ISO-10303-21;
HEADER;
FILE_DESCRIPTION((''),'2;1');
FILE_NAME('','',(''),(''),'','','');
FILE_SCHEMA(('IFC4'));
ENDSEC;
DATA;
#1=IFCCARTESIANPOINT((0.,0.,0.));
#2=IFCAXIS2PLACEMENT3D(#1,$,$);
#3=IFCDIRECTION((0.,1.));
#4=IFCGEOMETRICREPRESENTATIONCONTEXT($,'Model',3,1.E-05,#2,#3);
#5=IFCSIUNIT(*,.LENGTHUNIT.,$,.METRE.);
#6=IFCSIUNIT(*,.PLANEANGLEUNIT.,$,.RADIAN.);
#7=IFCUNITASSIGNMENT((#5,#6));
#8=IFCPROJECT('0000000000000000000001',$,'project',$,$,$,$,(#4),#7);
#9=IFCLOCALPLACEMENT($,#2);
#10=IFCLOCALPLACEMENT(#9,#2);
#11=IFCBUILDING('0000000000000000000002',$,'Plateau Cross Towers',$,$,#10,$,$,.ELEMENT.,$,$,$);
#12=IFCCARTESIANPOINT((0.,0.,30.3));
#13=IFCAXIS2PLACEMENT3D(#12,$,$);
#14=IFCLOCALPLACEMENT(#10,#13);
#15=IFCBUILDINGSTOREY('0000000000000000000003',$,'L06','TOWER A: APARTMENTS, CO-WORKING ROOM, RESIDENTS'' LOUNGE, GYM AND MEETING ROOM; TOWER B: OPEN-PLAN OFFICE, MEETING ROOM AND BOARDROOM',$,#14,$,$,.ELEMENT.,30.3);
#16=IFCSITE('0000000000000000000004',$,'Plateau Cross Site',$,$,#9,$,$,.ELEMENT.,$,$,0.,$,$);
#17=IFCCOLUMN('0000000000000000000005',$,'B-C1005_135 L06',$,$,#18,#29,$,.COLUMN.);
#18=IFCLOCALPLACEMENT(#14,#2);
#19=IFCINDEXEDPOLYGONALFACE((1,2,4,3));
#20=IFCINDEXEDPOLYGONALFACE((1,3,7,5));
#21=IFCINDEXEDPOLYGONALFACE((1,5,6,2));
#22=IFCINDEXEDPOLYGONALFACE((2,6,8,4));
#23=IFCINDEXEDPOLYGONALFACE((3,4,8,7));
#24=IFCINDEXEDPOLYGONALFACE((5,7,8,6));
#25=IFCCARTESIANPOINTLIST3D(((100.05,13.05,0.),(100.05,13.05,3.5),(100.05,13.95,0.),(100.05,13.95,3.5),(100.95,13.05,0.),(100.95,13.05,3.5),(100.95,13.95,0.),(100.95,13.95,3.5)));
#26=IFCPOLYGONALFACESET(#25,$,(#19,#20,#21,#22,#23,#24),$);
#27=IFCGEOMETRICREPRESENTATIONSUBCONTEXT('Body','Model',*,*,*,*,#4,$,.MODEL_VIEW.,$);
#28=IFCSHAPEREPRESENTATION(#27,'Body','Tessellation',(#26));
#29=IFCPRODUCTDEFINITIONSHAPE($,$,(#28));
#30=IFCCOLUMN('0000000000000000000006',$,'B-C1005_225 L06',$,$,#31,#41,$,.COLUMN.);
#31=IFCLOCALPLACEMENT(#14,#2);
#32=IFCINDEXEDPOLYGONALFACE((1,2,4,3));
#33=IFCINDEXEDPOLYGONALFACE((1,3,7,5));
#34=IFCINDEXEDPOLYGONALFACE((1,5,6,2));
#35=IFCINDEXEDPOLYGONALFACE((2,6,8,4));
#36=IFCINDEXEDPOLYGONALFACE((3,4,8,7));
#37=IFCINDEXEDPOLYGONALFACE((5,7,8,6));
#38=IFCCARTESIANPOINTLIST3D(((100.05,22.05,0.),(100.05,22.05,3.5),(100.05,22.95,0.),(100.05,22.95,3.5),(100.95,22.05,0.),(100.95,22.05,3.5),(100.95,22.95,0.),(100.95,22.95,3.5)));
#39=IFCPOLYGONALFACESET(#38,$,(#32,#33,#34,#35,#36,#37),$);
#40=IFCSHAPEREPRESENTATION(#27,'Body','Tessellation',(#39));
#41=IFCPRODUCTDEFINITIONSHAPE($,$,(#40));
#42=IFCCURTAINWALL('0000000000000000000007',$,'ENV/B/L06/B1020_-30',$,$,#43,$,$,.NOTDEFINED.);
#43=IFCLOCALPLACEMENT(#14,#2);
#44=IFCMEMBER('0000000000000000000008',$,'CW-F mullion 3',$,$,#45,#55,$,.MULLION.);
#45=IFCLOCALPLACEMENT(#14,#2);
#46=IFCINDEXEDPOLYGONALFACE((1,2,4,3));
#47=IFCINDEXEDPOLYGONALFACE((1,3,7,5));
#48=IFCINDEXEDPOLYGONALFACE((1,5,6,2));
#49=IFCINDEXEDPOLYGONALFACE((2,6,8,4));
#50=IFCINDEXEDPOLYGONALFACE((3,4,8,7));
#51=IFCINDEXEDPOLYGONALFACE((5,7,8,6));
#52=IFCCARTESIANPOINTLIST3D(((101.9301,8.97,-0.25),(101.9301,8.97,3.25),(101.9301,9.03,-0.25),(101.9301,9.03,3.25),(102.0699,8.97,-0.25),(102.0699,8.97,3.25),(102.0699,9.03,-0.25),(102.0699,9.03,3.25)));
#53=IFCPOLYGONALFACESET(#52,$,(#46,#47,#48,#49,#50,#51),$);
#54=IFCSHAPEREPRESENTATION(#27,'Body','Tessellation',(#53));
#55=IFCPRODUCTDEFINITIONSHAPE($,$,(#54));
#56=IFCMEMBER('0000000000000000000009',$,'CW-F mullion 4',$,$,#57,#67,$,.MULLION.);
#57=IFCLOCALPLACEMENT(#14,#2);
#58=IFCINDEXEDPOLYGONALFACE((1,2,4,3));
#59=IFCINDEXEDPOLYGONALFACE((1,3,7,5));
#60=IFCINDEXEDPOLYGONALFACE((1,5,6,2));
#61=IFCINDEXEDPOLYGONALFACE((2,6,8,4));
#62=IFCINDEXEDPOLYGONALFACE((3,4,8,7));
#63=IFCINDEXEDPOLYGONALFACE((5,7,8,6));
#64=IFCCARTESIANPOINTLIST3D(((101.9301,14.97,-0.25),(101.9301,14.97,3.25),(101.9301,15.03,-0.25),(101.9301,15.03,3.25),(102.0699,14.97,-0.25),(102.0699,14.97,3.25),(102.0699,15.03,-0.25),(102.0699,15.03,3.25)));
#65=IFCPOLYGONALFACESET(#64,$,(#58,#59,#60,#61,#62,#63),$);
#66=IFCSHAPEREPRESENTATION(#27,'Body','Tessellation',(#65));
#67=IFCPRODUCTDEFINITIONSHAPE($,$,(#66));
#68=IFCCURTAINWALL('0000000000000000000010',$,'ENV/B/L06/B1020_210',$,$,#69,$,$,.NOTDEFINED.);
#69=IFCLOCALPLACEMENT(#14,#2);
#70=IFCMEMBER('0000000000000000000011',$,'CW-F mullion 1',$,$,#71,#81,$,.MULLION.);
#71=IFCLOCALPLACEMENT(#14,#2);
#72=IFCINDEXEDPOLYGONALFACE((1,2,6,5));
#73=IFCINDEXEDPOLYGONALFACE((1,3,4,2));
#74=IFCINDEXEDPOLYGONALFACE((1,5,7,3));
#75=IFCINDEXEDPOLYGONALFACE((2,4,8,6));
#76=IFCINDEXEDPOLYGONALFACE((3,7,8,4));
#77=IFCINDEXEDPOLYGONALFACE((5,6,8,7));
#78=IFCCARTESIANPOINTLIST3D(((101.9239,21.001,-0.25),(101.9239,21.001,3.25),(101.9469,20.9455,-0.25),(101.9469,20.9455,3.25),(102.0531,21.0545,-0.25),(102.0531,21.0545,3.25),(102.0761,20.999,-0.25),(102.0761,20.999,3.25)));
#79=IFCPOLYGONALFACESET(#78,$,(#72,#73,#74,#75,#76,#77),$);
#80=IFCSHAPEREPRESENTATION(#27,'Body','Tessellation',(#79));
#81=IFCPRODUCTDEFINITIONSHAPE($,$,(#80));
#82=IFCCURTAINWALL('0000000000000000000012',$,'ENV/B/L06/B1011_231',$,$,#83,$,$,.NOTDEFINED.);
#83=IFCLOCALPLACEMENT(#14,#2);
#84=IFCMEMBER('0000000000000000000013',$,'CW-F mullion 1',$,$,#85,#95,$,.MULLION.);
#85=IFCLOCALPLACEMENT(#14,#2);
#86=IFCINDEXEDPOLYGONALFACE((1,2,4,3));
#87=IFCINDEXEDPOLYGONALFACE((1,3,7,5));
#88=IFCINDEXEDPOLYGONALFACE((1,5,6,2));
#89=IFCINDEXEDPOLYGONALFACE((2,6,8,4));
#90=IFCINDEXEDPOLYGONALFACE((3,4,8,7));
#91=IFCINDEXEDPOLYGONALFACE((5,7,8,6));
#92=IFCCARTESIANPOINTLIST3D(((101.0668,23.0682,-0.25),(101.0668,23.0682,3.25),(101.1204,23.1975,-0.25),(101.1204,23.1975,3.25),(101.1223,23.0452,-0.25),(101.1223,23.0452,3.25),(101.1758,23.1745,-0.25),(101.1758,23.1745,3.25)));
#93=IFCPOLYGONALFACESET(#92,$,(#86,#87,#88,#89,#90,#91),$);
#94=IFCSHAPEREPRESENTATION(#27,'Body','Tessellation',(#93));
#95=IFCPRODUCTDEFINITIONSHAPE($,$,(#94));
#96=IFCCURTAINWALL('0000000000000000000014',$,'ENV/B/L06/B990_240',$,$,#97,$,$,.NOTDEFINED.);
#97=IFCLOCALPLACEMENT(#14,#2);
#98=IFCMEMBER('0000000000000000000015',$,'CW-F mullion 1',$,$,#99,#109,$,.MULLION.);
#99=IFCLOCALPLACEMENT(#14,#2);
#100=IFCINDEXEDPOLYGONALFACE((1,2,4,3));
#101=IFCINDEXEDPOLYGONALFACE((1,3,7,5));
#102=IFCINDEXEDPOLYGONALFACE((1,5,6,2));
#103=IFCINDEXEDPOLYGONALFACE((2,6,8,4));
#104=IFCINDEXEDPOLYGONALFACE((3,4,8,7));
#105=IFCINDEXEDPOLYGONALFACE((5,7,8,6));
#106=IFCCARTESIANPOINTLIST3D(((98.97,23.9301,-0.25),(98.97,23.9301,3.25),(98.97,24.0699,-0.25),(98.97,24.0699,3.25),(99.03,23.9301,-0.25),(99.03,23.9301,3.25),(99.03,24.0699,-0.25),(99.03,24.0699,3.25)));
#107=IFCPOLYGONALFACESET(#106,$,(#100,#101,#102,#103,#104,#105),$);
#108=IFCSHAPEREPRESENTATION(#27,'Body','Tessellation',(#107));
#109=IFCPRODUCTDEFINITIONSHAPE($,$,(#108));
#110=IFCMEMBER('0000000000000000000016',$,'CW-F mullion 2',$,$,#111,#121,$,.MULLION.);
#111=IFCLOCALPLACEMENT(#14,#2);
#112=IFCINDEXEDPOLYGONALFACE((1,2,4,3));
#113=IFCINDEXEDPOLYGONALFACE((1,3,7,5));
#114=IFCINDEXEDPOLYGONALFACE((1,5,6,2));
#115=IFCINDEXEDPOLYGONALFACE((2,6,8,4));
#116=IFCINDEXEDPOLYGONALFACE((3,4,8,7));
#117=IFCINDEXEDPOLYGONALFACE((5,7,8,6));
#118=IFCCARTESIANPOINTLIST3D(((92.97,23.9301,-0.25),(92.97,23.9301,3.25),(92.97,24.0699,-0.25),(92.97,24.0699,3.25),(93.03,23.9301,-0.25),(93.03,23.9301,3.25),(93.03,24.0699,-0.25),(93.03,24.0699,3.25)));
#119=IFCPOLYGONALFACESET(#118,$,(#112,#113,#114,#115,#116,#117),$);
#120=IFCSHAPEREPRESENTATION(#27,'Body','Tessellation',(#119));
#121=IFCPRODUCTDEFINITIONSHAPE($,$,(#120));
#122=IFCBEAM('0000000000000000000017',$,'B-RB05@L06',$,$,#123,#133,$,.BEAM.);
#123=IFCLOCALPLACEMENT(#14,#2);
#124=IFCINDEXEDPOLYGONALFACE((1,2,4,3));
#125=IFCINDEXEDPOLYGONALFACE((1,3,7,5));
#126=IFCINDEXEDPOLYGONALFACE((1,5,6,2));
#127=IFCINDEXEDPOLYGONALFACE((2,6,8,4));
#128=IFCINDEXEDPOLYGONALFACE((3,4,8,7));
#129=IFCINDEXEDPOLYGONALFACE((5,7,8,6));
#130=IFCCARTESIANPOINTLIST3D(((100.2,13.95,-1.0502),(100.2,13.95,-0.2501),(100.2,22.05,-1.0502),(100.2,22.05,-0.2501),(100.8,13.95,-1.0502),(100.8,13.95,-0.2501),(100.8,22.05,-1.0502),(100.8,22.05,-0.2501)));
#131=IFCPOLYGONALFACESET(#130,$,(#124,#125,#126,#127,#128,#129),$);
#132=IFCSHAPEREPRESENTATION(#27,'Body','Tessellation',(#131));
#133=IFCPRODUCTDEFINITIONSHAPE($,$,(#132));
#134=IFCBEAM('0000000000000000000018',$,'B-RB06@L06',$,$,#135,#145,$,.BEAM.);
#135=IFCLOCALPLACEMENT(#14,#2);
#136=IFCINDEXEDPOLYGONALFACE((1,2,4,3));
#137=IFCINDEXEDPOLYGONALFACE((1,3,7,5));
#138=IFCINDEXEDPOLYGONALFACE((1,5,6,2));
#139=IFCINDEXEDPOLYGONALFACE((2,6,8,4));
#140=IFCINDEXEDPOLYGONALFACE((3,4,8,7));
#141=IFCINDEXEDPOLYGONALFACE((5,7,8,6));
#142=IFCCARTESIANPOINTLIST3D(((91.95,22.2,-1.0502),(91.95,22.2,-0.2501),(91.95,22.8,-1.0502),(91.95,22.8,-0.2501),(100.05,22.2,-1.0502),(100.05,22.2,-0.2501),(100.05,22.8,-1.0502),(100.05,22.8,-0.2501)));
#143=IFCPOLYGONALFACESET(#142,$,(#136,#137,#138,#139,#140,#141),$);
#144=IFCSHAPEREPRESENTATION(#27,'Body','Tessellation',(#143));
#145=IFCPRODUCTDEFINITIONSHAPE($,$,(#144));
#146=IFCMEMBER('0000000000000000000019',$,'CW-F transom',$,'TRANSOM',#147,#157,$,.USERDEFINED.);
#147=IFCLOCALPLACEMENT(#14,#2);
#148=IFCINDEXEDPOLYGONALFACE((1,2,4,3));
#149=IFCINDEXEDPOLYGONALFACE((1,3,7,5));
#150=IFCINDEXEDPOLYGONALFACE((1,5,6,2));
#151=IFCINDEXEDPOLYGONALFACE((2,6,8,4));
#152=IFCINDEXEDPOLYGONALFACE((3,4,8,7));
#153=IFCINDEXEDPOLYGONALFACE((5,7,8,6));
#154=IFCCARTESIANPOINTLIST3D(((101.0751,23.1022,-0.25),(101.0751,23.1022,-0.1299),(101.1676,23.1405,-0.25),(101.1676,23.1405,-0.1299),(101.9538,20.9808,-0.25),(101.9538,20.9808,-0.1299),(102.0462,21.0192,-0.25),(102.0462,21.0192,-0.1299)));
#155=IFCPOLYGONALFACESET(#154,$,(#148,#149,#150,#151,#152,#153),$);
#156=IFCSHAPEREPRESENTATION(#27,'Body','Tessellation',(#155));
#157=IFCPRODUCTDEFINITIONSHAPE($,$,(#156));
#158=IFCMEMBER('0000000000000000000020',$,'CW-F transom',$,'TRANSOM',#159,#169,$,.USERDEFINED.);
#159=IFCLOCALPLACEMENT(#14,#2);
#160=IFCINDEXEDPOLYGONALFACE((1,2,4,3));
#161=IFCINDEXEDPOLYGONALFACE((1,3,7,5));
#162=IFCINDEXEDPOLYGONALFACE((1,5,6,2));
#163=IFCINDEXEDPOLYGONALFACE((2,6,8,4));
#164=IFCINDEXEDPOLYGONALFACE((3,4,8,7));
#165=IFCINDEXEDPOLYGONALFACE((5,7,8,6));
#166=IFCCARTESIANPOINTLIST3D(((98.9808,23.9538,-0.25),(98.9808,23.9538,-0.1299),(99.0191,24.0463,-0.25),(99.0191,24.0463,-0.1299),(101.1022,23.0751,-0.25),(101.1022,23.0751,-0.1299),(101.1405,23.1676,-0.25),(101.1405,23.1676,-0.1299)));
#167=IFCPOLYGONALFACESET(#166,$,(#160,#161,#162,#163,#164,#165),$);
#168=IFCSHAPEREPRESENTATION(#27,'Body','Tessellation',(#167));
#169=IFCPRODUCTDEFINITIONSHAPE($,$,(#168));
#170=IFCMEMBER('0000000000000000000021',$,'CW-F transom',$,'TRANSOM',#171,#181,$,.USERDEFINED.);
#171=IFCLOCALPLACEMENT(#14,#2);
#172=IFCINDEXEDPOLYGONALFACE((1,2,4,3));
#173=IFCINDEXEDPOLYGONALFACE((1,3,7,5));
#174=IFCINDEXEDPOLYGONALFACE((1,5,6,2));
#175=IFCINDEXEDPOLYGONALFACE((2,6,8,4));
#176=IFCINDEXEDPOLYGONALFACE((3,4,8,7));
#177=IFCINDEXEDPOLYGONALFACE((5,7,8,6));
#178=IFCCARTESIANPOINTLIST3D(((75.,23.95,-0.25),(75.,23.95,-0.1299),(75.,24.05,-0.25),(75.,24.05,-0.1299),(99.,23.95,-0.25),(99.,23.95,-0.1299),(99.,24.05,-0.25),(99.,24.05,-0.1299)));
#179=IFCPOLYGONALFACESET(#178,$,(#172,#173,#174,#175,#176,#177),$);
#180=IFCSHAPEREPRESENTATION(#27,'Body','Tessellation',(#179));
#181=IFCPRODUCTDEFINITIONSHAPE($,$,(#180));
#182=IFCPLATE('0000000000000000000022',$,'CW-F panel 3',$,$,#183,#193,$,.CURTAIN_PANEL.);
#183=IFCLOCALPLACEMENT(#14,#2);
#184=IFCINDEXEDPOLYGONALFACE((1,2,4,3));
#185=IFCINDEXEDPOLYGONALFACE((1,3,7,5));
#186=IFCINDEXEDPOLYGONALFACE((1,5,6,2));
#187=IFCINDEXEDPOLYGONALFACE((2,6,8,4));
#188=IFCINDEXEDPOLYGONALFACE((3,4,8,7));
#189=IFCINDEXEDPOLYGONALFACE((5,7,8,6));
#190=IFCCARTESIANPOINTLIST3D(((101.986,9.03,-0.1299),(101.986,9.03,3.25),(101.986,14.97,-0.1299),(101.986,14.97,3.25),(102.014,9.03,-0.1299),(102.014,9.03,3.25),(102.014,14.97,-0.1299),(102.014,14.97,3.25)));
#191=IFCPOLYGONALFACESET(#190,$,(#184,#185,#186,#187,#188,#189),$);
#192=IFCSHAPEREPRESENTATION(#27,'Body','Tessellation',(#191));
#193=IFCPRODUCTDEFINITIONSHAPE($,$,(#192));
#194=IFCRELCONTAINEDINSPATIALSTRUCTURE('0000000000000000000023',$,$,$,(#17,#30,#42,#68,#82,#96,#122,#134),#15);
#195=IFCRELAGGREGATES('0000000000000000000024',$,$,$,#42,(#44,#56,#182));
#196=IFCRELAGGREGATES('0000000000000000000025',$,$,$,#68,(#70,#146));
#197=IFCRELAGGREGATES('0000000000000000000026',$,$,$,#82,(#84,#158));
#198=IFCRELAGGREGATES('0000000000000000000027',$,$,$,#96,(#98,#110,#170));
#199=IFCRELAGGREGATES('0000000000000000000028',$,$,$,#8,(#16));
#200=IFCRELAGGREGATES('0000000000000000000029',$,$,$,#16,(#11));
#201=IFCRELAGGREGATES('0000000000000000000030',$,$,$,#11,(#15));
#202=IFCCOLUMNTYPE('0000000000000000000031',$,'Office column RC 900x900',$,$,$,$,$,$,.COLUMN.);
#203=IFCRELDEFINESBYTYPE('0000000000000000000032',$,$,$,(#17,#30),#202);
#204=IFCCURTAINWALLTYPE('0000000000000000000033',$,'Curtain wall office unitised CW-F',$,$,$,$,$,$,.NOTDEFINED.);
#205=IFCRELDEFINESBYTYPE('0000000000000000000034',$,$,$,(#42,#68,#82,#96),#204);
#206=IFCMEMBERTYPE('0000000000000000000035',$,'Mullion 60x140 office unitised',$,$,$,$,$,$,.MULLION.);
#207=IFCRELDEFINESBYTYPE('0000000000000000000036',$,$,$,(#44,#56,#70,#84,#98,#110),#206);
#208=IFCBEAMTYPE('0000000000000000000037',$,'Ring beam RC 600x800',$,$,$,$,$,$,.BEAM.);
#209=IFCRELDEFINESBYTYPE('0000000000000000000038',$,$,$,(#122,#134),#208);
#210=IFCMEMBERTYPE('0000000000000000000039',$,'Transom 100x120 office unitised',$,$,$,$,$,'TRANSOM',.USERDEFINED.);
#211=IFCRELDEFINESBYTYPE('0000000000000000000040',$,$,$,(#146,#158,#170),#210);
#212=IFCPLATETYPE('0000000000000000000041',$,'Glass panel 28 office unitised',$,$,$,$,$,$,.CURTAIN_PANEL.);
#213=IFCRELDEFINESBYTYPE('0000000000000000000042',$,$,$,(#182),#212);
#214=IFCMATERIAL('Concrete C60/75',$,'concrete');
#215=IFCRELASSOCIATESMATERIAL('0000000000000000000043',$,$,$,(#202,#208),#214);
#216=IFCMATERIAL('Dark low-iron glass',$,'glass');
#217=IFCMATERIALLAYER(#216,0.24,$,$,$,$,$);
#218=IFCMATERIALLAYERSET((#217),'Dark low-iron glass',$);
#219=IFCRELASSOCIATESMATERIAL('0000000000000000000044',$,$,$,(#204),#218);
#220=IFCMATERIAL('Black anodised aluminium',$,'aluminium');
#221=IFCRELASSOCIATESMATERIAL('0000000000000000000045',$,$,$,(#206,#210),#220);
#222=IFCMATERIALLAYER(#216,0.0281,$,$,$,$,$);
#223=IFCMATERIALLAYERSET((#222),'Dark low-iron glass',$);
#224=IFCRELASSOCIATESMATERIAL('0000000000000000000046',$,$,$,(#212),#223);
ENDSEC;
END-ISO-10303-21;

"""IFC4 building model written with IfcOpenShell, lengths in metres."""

from ifc_helpers import new_model, si_unit, direction, frame, origin, origin_2d, place, context, subcontext, project, spatial, rectangle, extrude, material, layer, layer_set, material_profile, profile_set, type_object, element, aggregate, save


model = new_model("IFC4")

# Units and contexts
model_context = context("Model", 3, precision=1e-05, world=origin(), true_north=direction((0.0, 1.0)))
body_context = subcontext(model_context, "Body", "Model", "MODEL_VIEW")
ifc_project = project(units=[si_unit("LENGTHUNIT", "METRE"), si_unit("PLANEANGLEUNIT", "RADIAN")], contexts=[model_context])

# Site, building, storey
site_placement = place(None, origin())
site = spatial("IfcSite", under=ifc_project, at=site_placement, Name="Plateau Cross Site", CompositionType="ELEMENT", RefElevation=0.0)
building_placement = place(site_placement, origin())
building = spatial("IfcBuilding", under=site, at=building_placement, Name="Plateau Cross Towers", CompositionType="ELEMENT")
storey_placement = place(building_placement, frame((0.0, 0.0, 30.3)))
storey = spatial("IfcBuildingStorey", under=building, at=storey_placement, Name="L06", Description="TOWER A: APARTMENTS, CO-WORKING ROOM, RESIDENTS' LOUNGE, GYM AND MEETING ROOM; TOWER B: OPEN-PLAN OFFICE, MEETING ROOM AND BOARDROOM", CompositionType="ELEMENT", Elevation=30.3)

# Columns
ifc_material_1 = material(Name="Concrete C60/75", Category="concrete")
ifc_material_profile_1 = material_profile(ifc_material_1, rectangle(XDim=0.8999, YDim=0.8999, at=origin_2d()), Name="RC 900x900")
ifc_profile_set_1 = profile_set([ifc_material_profile_1], Name="Concrete C60/75")
column_type = type_object("IfcColumnType", Name="Office column RC 900x900", PredefinedType="COLUMN", material=ifc_profile_set_1)
for number, where, z_axis, x_axis, name in (
    (1, (100.5, 13.5, 0.0), (0.0, 0.0, 1.0), (1.0, 0.0, 0.0), "B-C1005_135 L06"),
    (2, (100.5, 22.5, 0.0), (0.0, 0.0, 1.0), (1.0, 0.0, 0.0), "B-C1005_225 L06"),
):
    element("IfcColumn", number, at=place(storey_placement, frame(where, z_axis=z_axis, x_axis=x_axis)), inside=storey, type_object=column_type, Name=name, PredefinedType="COLUMN", context=body_context, shape_type="SweptSolid", body=[
        extrude(rectangle(XDim=0.8999, YDim=0.8999, at=origin_2d()), origin(), (0.0, 0.0, 1.0), 3.5),
    ])

# Curtain wall, members
ifc_material_2 = material(Name="Dark low-iron glass", Category="glass")
ifc_layer_1 = layer(ifc_material_2, 0.24)
ifc_layer_set_1 = layer_set([ifc_layer_1], Name="Dark low-iron glass")
curtain_wall_type = type_object("IfcCurtainWallType", Name="Curtain wall office unitised CW-F", PredefinedType="NOTDEFINED", material=ifc_layer_set_1)
curtain_wall_1_placement = place(storey_placement, origin())
curtain_wall_1 = element("IfcCurtainWall", 3, at=curtain_wall_1_placement, inside=storey, type_object=curtain_wall_type, Name="ENV/B/L06/B1020_-30", PredefinedType="NOTDEFINED")
ifc_material_3 = material(Name="Black anodised aluminium", Category="aluminium")
ifc_material_profile_2 = material_profile(ifc_material_3, rectangle(XDim=0.0601, YDim=0.1399, at=origin_2d()), Name="MULLION 60x140")
ifc_profile_set_2 = profile_set([ifc_material_profile_2], Name="Black anodised aluminium")
member_type_1 = type_object("IfcMemberType", Name="Mullion 60x140 office unitised", PredefinedType="MULLION", material=ifc_profile_set_2)
member_1_placement = place(storey_placement, frame((102.0, 9.0, -0.25), z_axis=(0.0, 0.0, 1.0), x_axis=(0.0, 1.0, 0.0)))
member_1 = element("IfcMember", 4, at=member_1_placement, type_object=member_type_1, Name="CW-F mullion 3", PredefinedType="MULLION", context=body_context, shape_type="SweptSolid", body=[
    extrude(rectangle(XDim=0.0601, YDim=0.1399, at=origin_2d()), origin(), (0.0, 0.0, 1.0), 3.5),
])
member_2_placement = place(storey_placement, frame((102.0, 15.0, -0.25), z_axis=(0.0, 0.0, 1.0), x_axis=(0.0, 1.0, 0.0)))
member_2 = element("IfcMember", 5, at=member_2_placement, type_object=member_type_1, Name="CW-F mullion 4", PredefinedType="MULLION", context=body_context, shape_type="SweptSolid", body=[
    extrude(rectangle(XDim=0.0601, YDim=0.1399, at=origin_2d()), origin(), (0.0, 0.0, 1.0), 3.5),
])

# Curtain walls, members
curtain_wall_2_placement = place(storey_placement, origin())
curtain_wall_2 = element("IfcCurtainWall", 6, at=curtain_wall_2_placement, inside=storey, type_object=curtain_wall_type, Name="ENV/B/L06/B1020_210", PredefinedType="NOTDEFINED")
member_3_placement = place(storey_placement, frame((102.0, 21.0, -0.25), z_axis=(0.0, 0.0, 1.0), x_axis=(-0.382684, 0.923879, 0.0)))
member_3 = element("IfcMember", 7, at=member_3_placement, type_object=member_type_1, Name="CW-F mullion 1", PredefinedType="MULLION", context=body_context, shape_type="SweptSolid", body=[
    extrude(rectangle(XDim=0.0601, YDim=0.1399, at=origin_2d()), origin(), (0.0, 0.0, 1.0), 3.5),
])
curtain_wall_3_placement = place(storey_placement, origin())
curtain_wall_3 = element("IfcCurtainWall", 8, at=curtain_wall_3_placement, inside=storey, type_object=curtain_wall_type, Name="ENV/B/L06/B1011_231", PredefinedType="NOTDEFINED")
member_4_placement = place(storey_placement, frame((101.1213, 23.1213, -0.25), z_axis=(0.0, 0.0, 1.0), x_axis=(-0.923879, 0.382684, 0.0)))
member_4 = element("IfcMember", 9, at=member_4_placement, type_object=member_type_1, Name="CW-F mullion 1", PredefinedType="MULLION", context=body_context, shape_type="SweptSolid", body=[
    extrude(rectangle(XDim=0.0601, YDim=0.1399, at=origin_2d()), origin(), (0.0, 0.0, 1.0), 3.5),
])

# Curtain wall, members
curtain_wall_4_placement = place(storey_placement, origin())
curtain_wall_4 = element("IfcCurtainWall", 10, at=curtain_wall_4_placement, inside=storey, type_object=curtain_wall_type, Name="ENV/B/L06/B990_240", PredefinedType="NOTDEFINED")
member_5_placement = place(storey_placement, frame((99.0, 24.0, -0.25), z_axis=(0.0, 0.0, 1.0), x_axis=(-1.0, 0.0, 0.0)))
member_5 = element("IfcMember", 11, at=member_5_placement, type_object=member_type_1, Name="CW-F mullion 1", PredefinedType="MULLION", context=body_context, shape_type="SweptSolid", body=[
    extrude(rectangle(XDim=0.0601, YDim=0.1399, at=origin_2d()), origin(), (0.0, 0.0, 1.0), 3.5),
])
member_6_placement = place(storey_placement, frame((93.0, 24.0, -0.25), z_axis=(0.0, 0.0, 1.0), x_axis=(-1.0, 0.0, 0.0)))
member_6 = element("IfcMember", 12, at=member_6_placement, type_object=member_type_1, Name="CW-F mullion 2", PredefinedType="MULLION", context=body_context, shape_type="SweptSolid", body=[
    extrude(rectangle(XDim=0.0601, YDim=0.1399, at=origin_2d()), origin(), (0.0, 0.0, 1.0), 3.5),
])

# Beams
ifc_material_profile_3 = material_profile(ifc_material_1, rectangle(XDim=0.6001, YDim=0.8, at=origin_2d()), Name="RC 600x800")
ifc_profile_set_3 = profile_set([ifc_material_profile_3], Name="Concrete C60/75")
beam_type = type_object("IfcBeamType", Name="Ring beam RC 600x800", PredefinedType="BEAM", material=ifc_profile_set_3)
for number, where, z_axis, x_axis, name in (
    (13, (100.5, 13.95, -0.6501), (0.0, 1.0, 0.0), (-1.0, 0.0, 0.0), "B-RB05@L06"),
    (14, (100.05, 22.5, -0.6501), (-1.0, 0.0, 0.0), (0.0, -1.0, 0.0), "B-RB06@L06"),
):
    element("IfcBeam", number, at=place(storey_placement, frame(where, z_axis=z_axis, x_axis=x_axis)), inside=storey, type_object=beam_type, Name=name, PredefinedType="BEAM", context=body_context, shape_type="SweptSolid", body=[
        extrude(rectangle(XDim=0.6001, YDim=0.8, at=origin_2d()), origin(), (0.0, 0.0, 1.0), 8.1001),
    ])

# Members
ifc_material_profile_4 = material_profile(ifc_material_3, rectangle(XDim=0.1001, YDim=0.1201, at=origin_2d()), Name="TRANSOM 100x120")
ifc_profile_set_4 = profile_set([ifc_material_profile_4], Name="Black anodised aluminium")
member_type_2 = type_object("IfcMemberType", Name="Transom 100x120 office unitised", ElementType="TRANSOM", PredefinedType="USERDEFINED", material=ifc_profile_set_4)
member_7_placement = place(storey_placement, frame((102.0, 21.0, -0.1899), z_axis=(-0.382674, 0.923883, 0.0), x_axis=(-0.923883, -0.382674, 0.0)))
member_7 = element("IfcMember", 15, at=member_7_placement, type_object=member_type_2, Name="CW-F transom", ObjectType="TRANSOM", PredefinedType="USERDEFINED", context=body_context, shape_type="SweptSolid", body=[
    extrude(rectangle(XDim=0.1001, YDim=0.1201, at=origin_2d()), origin(), (0.0, 0.0, 1.0), 2.2961),
])
member_8_placement = place(storey_placement, frame((101.1213, 23.1213, -0.1899), z_axis=(-0.923883, 0.382674, 0.0), x_axis=(-0.382674, -0.923883, 0.0)))
member_8 = element("IfcMember", 16, at=member_8_placement, type_object=member_type_2, Name="CW-F transom", ObjectType="TRANSOM", PredefinedType="USERDEFINED", context=body_context, shape_type="SweptSolid", body=[
    extrude(rectangle(XDim=0.1001, YDim=0.1201, at=origin_2d()), origin(), (0.0, 0.0, 1.0), 2.2961),
])
member_9_placement = place(storey_placement, frame((99.0, 24.0, -0.1899), z_axis=(-1.0, 0.0, 0.0), x_axis=(0.0, -1.0, 0.0)))
member_9 = element("IfcMember", 17, at=member_9_placement, type_object=member_type_2, Name="CW-F transom", ObjectType="TRANSOM", PredefinedType="USERDEFINED", context=body_context, shape_type="SweptSolid", body=[
    extrude(rectangle(XDim=0.1001, YDim=0.1201, at=origin_2d()), origin(), (0.0, 0.0, 1.0), 24.0),
])

# Plate
ifc_layer_2 = layer(ifc_material_2, 0.0281)
ifc_layer_set_2 = layer_set([ifc_layer_2], Name="Dark low-iron glass")
plate_type = type_object("IfcPlateType", Name="Glass panel 28 office unitised", PredefinedType="CURTAIN_PANEL", material=ifc_layer_set_2)
plate_1_placement = place(storey_placement, frame((102.0, 12.0, -0.1299), z_axis=(0.0, 0.0, 1.0), x_axis=(0.0, 1.0, 0.0)))
plate_1 = element("IfcPlate", 18, at=plate_1_placement, type_object=plate_type, Name="CW-F panel 3", PredefinedType="CURTAIN_PANEL", context=body_context, shape_type="SweptSolid", body=[
    extrude(rectangle(XDim=5.9399, YDim=0.0281, at=origin_2d()), origin(), (0.0, 0.0, 1.0), 3.3799),
])
aggregate(curtain_wall_1, [member_1, member_2, plate_1])
aggregate(curtain_wall_2, [member_3, member_7])
aggregate(curtain_wall_3, [member_4, member_8])
aggregate(curtain_wall_4, [member_5, member_6, member_9])

save(model, "model.ifc")
